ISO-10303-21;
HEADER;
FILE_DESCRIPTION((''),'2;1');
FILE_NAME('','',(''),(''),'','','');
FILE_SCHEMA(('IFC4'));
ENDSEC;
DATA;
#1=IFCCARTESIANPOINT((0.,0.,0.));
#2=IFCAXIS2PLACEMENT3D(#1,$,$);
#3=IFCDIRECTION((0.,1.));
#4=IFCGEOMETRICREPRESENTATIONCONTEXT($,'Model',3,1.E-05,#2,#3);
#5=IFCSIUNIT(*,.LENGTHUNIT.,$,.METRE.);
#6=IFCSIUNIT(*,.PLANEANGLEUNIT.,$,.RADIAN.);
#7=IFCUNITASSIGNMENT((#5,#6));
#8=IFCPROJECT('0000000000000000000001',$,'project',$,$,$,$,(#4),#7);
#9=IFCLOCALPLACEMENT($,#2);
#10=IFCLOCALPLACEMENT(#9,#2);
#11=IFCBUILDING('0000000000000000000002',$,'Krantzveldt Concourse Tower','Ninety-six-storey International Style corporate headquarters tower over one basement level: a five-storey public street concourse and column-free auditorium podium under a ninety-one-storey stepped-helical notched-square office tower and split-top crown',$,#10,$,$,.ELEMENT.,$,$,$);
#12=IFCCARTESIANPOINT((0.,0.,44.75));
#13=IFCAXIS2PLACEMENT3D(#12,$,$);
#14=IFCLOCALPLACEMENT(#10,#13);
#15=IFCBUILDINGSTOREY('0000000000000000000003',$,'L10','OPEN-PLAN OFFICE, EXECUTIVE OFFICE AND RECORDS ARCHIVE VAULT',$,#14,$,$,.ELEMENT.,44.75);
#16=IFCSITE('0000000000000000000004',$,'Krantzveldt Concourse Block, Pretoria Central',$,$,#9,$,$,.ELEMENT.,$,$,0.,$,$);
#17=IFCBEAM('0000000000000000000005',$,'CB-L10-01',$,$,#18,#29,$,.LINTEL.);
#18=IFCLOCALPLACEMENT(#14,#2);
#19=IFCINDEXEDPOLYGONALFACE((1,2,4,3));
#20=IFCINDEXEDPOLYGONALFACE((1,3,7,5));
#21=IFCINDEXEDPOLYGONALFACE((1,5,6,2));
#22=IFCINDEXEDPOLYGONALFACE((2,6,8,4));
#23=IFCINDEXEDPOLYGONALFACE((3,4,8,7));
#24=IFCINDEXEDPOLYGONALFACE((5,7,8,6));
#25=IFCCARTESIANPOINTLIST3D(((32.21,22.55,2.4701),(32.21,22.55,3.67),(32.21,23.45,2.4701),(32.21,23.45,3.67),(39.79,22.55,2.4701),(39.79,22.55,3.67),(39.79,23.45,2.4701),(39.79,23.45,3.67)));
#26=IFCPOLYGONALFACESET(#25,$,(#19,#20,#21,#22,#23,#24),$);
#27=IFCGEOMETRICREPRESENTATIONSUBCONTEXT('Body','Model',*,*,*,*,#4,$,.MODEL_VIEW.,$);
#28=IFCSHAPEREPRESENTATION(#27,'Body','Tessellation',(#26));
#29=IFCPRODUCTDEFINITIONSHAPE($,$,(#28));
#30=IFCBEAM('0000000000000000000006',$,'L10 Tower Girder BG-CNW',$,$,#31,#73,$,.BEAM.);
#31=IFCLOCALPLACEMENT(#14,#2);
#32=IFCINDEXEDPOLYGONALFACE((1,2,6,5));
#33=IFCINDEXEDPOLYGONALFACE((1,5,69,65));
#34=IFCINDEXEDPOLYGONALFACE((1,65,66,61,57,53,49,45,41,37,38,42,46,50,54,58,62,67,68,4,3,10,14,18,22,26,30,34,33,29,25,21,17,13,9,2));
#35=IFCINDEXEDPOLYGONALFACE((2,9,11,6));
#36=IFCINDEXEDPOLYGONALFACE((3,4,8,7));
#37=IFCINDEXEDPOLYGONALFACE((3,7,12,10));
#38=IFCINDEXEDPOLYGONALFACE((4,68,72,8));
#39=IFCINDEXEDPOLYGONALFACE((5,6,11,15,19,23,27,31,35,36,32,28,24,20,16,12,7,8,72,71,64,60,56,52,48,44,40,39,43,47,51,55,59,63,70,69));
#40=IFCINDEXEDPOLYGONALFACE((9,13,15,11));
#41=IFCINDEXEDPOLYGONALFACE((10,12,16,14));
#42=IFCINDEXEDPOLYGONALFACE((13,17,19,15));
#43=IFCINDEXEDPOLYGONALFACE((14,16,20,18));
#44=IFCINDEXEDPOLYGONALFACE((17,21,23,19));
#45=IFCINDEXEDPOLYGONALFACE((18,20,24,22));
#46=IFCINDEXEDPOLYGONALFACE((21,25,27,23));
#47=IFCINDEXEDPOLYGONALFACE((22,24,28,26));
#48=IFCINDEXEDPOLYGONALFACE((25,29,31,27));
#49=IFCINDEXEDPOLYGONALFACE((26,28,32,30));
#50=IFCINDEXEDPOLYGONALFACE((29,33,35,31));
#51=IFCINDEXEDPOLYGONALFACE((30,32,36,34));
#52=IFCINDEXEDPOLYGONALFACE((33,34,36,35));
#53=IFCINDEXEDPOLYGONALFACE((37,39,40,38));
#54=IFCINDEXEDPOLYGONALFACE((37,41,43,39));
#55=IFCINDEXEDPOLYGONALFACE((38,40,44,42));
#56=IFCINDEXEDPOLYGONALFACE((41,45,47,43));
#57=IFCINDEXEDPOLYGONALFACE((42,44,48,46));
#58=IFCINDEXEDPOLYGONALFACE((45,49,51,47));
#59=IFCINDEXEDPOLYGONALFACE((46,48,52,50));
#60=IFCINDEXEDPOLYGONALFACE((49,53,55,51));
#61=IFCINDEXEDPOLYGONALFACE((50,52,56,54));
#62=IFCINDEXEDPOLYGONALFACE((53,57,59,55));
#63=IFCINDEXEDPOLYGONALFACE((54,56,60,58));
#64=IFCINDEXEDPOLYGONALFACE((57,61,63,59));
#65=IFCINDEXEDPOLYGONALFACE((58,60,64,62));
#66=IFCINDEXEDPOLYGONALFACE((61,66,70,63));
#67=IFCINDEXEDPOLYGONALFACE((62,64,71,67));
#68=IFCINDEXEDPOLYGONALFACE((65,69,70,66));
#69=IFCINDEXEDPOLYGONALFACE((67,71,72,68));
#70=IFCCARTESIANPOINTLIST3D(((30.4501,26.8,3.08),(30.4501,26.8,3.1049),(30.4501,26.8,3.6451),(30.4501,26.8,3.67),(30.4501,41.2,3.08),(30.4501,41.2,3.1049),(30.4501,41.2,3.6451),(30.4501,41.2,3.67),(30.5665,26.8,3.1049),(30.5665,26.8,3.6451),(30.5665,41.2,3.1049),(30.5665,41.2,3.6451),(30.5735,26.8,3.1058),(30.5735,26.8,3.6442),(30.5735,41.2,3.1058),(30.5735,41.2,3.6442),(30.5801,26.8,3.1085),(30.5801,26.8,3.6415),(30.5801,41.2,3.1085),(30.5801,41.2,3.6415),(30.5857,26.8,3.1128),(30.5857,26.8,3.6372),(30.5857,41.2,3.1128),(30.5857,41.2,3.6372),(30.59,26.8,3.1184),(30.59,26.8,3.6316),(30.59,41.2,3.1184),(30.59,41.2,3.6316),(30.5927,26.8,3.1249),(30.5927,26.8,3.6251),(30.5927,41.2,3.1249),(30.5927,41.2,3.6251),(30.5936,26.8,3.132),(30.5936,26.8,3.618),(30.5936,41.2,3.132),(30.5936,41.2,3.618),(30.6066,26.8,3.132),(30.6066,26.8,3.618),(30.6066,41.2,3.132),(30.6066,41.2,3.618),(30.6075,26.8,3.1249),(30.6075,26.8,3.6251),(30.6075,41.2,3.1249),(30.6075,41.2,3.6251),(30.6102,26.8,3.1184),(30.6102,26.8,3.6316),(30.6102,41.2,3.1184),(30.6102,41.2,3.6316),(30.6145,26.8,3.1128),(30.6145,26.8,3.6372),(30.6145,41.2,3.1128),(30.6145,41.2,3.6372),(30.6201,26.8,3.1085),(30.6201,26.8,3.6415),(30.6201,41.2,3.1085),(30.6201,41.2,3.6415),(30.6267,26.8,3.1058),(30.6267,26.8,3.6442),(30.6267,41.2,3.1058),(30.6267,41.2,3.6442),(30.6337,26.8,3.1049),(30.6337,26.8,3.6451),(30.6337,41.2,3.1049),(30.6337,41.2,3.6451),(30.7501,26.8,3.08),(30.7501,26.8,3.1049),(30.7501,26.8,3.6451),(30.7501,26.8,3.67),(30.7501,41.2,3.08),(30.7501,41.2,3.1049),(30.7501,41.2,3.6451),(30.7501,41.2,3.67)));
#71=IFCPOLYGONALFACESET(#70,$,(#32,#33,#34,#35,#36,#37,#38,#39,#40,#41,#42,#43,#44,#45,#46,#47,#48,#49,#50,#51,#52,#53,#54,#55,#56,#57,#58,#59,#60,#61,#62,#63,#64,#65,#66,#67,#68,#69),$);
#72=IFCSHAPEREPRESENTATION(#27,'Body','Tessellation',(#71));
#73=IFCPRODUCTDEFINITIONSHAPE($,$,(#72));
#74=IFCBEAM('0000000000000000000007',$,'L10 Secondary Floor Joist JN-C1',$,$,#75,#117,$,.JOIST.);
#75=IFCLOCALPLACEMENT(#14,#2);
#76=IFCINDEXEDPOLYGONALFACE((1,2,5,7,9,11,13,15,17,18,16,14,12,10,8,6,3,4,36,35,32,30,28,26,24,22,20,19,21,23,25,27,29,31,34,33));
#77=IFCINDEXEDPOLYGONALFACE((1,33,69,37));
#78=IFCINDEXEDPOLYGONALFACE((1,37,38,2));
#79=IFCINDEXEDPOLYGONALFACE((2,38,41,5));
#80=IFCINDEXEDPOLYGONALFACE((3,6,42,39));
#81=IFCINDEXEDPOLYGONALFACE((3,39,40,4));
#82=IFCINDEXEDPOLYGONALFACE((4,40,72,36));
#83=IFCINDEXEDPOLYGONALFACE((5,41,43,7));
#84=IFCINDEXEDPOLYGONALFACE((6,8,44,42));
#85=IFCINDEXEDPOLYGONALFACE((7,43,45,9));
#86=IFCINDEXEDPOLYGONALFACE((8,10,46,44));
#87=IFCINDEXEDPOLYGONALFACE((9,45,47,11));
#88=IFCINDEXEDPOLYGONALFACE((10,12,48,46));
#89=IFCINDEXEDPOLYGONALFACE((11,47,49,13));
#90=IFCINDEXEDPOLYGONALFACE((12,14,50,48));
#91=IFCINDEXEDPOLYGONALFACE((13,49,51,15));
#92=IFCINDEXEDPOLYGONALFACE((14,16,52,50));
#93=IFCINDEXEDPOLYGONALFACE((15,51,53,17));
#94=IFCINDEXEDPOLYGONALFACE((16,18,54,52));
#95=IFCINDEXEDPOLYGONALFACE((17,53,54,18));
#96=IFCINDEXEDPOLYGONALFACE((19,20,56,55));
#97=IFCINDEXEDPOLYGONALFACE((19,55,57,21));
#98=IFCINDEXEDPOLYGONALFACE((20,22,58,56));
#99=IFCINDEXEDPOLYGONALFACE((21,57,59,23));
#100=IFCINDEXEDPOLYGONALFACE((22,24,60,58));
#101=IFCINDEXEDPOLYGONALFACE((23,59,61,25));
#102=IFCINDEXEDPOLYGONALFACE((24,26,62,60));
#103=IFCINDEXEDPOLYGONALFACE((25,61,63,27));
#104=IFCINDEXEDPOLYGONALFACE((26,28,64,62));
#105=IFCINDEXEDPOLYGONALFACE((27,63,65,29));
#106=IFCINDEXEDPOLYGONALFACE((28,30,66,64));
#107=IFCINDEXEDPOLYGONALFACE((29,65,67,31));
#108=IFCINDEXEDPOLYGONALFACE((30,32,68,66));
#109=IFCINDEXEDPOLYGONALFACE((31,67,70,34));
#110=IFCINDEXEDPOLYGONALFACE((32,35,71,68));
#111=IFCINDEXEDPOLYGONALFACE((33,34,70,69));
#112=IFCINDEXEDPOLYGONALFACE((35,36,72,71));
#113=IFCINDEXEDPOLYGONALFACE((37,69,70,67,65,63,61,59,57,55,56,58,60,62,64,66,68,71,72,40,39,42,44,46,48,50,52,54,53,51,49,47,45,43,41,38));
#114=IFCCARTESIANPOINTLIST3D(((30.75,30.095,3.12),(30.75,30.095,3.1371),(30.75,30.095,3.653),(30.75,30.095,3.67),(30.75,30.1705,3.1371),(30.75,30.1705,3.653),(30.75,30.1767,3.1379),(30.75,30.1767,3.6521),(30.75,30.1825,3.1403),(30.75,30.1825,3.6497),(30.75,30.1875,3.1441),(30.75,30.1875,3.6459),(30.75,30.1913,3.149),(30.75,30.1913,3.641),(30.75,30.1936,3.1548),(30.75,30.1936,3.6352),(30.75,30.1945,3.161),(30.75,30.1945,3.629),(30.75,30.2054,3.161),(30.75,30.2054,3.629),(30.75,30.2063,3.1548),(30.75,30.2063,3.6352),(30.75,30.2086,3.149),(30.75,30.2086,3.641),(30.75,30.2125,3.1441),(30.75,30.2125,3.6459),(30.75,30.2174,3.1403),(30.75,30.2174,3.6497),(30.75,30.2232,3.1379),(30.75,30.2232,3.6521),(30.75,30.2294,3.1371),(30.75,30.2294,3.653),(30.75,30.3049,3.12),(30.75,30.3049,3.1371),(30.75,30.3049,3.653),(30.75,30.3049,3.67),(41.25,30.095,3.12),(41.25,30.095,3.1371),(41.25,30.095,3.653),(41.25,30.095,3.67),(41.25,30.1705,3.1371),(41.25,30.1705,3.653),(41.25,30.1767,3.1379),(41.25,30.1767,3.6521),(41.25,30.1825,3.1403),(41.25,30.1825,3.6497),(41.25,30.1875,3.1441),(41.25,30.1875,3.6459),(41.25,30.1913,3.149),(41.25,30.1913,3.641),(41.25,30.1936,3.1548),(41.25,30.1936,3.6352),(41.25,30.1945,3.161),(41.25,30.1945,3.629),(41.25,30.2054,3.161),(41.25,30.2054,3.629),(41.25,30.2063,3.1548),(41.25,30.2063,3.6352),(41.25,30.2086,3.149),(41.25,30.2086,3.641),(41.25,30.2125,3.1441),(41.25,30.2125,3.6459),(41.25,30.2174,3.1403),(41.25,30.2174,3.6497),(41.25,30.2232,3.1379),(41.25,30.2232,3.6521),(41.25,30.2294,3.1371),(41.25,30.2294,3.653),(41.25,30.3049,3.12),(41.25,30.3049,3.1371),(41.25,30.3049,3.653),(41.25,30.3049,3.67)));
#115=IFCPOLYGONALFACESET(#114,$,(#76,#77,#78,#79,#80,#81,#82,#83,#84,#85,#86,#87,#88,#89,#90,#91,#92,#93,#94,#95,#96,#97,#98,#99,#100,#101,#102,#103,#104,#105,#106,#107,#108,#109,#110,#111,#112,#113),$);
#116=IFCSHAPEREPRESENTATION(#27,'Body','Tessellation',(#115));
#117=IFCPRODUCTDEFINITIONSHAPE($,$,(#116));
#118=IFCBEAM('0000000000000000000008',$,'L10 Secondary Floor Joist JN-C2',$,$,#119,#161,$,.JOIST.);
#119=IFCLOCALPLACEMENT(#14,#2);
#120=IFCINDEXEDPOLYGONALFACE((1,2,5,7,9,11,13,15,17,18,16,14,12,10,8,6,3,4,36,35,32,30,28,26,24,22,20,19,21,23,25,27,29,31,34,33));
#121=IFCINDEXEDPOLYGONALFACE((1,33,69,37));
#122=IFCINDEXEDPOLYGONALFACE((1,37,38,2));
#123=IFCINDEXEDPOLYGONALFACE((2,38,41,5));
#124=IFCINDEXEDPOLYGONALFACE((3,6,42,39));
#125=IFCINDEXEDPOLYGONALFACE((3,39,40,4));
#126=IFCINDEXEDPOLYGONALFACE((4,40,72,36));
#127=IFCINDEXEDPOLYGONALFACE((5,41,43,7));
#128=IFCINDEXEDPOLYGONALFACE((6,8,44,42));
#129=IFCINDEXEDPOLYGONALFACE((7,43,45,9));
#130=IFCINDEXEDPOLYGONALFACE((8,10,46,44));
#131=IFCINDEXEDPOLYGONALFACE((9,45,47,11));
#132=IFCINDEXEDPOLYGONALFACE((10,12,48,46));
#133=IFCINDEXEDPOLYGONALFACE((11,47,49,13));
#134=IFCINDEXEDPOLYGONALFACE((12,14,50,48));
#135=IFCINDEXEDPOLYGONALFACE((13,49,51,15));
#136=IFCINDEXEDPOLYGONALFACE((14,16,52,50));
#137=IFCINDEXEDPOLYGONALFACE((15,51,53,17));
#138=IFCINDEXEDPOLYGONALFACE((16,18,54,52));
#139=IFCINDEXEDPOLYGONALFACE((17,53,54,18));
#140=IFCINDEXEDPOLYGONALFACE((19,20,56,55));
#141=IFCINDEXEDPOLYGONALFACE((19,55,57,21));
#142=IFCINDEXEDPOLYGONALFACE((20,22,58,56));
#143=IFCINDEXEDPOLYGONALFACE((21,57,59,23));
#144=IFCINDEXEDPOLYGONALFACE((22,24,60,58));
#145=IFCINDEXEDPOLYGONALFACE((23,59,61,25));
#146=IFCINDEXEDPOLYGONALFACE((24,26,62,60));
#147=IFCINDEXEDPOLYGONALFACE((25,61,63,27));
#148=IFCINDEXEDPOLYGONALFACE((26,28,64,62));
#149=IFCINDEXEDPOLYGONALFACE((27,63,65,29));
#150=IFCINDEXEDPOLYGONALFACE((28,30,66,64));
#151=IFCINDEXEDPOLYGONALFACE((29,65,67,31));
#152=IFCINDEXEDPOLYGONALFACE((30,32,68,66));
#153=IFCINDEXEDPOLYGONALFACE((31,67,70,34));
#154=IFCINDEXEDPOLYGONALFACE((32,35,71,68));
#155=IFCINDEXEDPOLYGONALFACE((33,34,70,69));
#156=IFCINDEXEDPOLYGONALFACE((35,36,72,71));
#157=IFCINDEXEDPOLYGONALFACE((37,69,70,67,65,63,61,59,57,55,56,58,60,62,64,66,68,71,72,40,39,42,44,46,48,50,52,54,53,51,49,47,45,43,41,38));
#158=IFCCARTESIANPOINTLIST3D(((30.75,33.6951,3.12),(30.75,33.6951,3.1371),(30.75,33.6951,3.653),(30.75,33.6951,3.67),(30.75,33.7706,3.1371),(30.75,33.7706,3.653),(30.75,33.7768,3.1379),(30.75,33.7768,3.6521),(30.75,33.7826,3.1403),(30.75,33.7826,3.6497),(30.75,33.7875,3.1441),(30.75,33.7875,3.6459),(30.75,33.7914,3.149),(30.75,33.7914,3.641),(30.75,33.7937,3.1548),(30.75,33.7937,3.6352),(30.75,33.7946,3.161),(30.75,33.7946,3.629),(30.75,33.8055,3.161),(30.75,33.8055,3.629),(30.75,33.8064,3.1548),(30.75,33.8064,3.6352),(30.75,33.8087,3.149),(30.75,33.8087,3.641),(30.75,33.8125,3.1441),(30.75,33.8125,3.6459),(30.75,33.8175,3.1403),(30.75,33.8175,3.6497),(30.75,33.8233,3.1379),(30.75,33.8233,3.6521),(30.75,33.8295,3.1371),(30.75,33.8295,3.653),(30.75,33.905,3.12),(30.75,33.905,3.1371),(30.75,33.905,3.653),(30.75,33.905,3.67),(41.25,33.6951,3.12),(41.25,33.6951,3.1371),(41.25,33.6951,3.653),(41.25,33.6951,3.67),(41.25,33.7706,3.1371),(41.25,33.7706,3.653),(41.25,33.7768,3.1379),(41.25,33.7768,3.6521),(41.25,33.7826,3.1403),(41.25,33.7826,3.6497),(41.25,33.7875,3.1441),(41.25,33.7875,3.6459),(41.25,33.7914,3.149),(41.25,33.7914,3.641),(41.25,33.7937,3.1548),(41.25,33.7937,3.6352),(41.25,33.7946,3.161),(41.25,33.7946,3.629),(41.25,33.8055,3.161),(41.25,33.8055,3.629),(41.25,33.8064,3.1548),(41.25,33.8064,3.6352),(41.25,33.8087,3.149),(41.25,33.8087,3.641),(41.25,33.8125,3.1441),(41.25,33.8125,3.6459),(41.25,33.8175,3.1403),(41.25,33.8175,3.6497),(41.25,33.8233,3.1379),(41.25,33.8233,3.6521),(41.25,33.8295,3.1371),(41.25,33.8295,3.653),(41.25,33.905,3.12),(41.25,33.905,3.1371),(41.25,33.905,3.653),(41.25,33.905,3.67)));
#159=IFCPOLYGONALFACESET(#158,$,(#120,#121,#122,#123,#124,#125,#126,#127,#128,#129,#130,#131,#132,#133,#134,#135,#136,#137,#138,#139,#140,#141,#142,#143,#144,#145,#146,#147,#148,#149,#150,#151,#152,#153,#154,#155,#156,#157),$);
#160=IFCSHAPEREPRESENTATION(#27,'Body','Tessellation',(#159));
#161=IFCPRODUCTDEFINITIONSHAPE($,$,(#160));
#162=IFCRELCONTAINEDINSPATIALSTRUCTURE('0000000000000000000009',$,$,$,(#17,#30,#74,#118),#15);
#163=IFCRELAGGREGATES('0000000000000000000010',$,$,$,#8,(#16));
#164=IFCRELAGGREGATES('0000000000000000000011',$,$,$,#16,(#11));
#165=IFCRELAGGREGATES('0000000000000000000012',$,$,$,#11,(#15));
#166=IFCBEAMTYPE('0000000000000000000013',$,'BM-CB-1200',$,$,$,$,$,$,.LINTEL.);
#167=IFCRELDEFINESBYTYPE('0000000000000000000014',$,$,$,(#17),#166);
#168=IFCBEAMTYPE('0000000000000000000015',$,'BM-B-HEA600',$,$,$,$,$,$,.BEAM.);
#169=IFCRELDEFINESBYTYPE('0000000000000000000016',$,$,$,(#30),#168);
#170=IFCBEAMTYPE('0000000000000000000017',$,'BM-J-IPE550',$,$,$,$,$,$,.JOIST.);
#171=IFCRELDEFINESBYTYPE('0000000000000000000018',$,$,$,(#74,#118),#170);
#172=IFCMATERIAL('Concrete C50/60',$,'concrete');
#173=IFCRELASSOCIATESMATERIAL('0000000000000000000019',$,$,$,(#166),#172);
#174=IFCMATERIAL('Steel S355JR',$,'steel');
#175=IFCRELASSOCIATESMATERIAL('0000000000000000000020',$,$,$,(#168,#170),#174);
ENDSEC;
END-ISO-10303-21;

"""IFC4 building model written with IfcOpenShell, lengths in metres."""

from ifc_helpers import new_model, si_unit, direction, frame, origin, origin_2d, place, context, subcontext, project, spatial, rectangle, i_section, extrude, source, transform, mapped, material, material_profile, profile_set, type_object, type_shapes, element, save


model = new_model("IFC4")

# Units and contexts
model_context = context("Model", 3, precision=1e-05, world=origin(), true_north=direction((0.0, 1.0)))
body_context = subcontext(model_context, "Body", "Model", "MODEL_VIEW")
ifc_project = project(units=[si_unit("LENGTHUNIT", "METRE"), si_unit("PLANEANGLEUNIT", "RADIAN")], contexts=[model_context])

# Site, building, storey
site_placement = place(None, origin())
site = spatial("IfcSite", under=ifc_project, at=site_placement, Name="Krantzveldt Concourse Block, Pretoria Central", CompositionType="ELEMENT", RefElevation=0.0)
building_placement = place(site_placement, origin())
building = spatial("IfcBuilding", under=site, at=building_placement, Name="Krantzveldt Concourse Tower", Description="Ninety-six-storey International Style corporate headquarters tower over one basement level: a five-storey public street concourse and column-free auditorium podium under a ninety-one-storey stepped-helical notched-square office tower and split-top crown", CompositionType="ELEMENT")
storey_placement = place(building_placement, frame((0.0, 0.0, 44.75)))
storey = spatial("IfcBuildingStorey", under=building, at=storey_placement, Name="L10", Description="OPEN-PLAN OFFICE, EXECUTIVE OFFICE AND RECORDS ARCHIVE VAULT", CompositionType="ELEMENT", Elevation=44.75)

# Beams
ifc_material_1 = material(Name="Concrete C50/60", Category="concrete")
ifc_material_profile_1 = material_profile(ifc_material_1, rectangle(XDim=0.8999, YDim=1.2, at=origin_2d()), Name="Concrete C50/60", Category="concrete")
ifc_profile_set_1 = profile_set([ifc_material_profile_1], Name="Concrete C50/60 - RC-CB 900x1200")
beam_type_1 = type_object("IfcBeamType", Name="BM-CB-1200", PredefinedType="LINTEL", material=ifc_profile_set_1)
shared_shape_1 = source(origin(), body_context, "Body", "SweptSolid", [
    extrude(rectangle(XDim=0.8999, YDim=1.2, at=origin_2d()), origin(), (0.0, 0.0, 1.0), 7.5801),
])
type_shapes(beam_type_1, [shared_shape_1])
beam_1_placement = place(storey_placement, frame((32.21, 23.0, 3.0701), z_axis=(1.0, 0.0, 0.0), x_axis=(0.0, 1.0, 0.0)))
element("IfcBeam", 1, at=beam_1_placement, inside=storey, type_object=beam_type_1, Name="CB-L10-01", PredefinedType="LINTEL", context=body_context, shape_type="MappedRepresentation", body=[
    mapped(shared_shape_1, transform((0.0, 0.0, 0.0), x_axis=(1.0, 0.0, 0.0), y_axis=(0.0, 1.0, 0.0), z_axis=(0.0, 0.0, 1.0), scale=1.0)),
])
ifc_material_2 = material(Name="Steel S355JR", Category="steel")
ifc_material_profile_2 = material_profile(ifc_material_2, i_section(OverallWidth=0.3, OverallDepth=0.5901, WebThickness=0.0129, FlangeThickness=0.0249, FilletRadius=0.0271, at=origin_2d()), Name="Steel S355JR", Category="steel")
ifc_profile_set_2 = profile_set([ifc_material_profile_2], Name="Steel S355JR - HEA 600")
beam_type_2 = type_object("IfcBeamType", Name="BM-B-HEA600", PredefinedType="BEAM", material=ifc_profile_set_2)
shared_shape_2 = source(origin(), body_context, "Body", "SweptSolid", [
    extrude(i_section(OverallWidth=0.3, OverallDepth=0.5901, WebThickness=0.0129, FlangeThickness=0.0249, FilletRadius=0.0271, at=origin_2d()), origin(), (0.0, 0.0, 1.0), 14.3999),
])
type_shapes(beam_type_2, [shared_shape_2])
beam_2_placement = place(storey_placement, frame((30.6001, 26.8, 3.375), z_axis=(0.0, 1.0, 0.0), x_axis=(-1.0, 0.0, 0.0)))
element("IfcBeam", 2, at=beam_2_placement, inside=storey, type_object=beam_type_2, Name="L10 Tower Girder BG-CNW", PredefinedType="BEAM", context=body_context, shape_type="MappedRepresentation", body=[
    mapped(shared_shape_2, transform((0.0, 0.0, 0.0), x_axis=(1.0, 0.0, 0.0), y_axis=(0.0, 1.0, 0.0), z_axis=(0.0, 0.0, 1.0), scale=1.0)),
])
ifc_material_profile_3 = material_profile(ifc_material_2, i_section(OverallWidth=0.21, OverallDepth=0.55, WebThickness=0.011, FlangeThickness=0.0171, FilletRadius=0.0239, at=origin_2d()), Name="Steel S355JR", Category="steel")
ifc_profile_set_3 = profile_set([ifc_material_profile_3], Name="Steel S355JR - IPE 550")
beam_type_3 = type_object("IfcBeamType", Name="BM-J-IPE550", PredefinedType="JOIST", material=ifc_profile_set_3)
shared_shape_3 = source(origin(), body_context, "Body", "SweptSolid", [
    extrude(i_section(OverallWidth=0.21, OverallDepth=0.55, WebThickness=0.011, FlangeThickness=0.0171, FilletRadius=0.0239, at=origin_2d()), origin(), (0.0, 0.0, 1.0), 10.5),
])
type_shapes(beam_type_3, [shared_shape_3])
for number, where, z_axis, x_axis, name in (
    (3, (30.75, 30.2, 3.395), (1.0, 0.0, 0.0), (0.0, 1.0, 0.0), "L10 Secondary Floor Joist JN-C1"),
    (4, (30.75, 33.8, 3.395), (1.0, 0.0, 0.0), (0.0, 1.0, 0.0), "L10 Secondary Floor Joist JN-C2"),
):
    element("IfcBeam", number, at=place(storey_placement, frame(where, z_axis=z_axis, x_axis=x_axis)), inside=storey, type_object=beam_type_3, Name=name, PredefinedType="JOIST", context=body_context, shape_type="MappedRepresentation", body=[
        mapped(shared_shape_3, transform((0.0, 0.0, 0.0), x_axis=(1.0, 0.0, 0.0), y_axis=(0.0, 1.0, 0.0), z_axis=(0.0, 0.0, 1.0), scale=1.0)),
    ])

save(model, "model.ifc")
